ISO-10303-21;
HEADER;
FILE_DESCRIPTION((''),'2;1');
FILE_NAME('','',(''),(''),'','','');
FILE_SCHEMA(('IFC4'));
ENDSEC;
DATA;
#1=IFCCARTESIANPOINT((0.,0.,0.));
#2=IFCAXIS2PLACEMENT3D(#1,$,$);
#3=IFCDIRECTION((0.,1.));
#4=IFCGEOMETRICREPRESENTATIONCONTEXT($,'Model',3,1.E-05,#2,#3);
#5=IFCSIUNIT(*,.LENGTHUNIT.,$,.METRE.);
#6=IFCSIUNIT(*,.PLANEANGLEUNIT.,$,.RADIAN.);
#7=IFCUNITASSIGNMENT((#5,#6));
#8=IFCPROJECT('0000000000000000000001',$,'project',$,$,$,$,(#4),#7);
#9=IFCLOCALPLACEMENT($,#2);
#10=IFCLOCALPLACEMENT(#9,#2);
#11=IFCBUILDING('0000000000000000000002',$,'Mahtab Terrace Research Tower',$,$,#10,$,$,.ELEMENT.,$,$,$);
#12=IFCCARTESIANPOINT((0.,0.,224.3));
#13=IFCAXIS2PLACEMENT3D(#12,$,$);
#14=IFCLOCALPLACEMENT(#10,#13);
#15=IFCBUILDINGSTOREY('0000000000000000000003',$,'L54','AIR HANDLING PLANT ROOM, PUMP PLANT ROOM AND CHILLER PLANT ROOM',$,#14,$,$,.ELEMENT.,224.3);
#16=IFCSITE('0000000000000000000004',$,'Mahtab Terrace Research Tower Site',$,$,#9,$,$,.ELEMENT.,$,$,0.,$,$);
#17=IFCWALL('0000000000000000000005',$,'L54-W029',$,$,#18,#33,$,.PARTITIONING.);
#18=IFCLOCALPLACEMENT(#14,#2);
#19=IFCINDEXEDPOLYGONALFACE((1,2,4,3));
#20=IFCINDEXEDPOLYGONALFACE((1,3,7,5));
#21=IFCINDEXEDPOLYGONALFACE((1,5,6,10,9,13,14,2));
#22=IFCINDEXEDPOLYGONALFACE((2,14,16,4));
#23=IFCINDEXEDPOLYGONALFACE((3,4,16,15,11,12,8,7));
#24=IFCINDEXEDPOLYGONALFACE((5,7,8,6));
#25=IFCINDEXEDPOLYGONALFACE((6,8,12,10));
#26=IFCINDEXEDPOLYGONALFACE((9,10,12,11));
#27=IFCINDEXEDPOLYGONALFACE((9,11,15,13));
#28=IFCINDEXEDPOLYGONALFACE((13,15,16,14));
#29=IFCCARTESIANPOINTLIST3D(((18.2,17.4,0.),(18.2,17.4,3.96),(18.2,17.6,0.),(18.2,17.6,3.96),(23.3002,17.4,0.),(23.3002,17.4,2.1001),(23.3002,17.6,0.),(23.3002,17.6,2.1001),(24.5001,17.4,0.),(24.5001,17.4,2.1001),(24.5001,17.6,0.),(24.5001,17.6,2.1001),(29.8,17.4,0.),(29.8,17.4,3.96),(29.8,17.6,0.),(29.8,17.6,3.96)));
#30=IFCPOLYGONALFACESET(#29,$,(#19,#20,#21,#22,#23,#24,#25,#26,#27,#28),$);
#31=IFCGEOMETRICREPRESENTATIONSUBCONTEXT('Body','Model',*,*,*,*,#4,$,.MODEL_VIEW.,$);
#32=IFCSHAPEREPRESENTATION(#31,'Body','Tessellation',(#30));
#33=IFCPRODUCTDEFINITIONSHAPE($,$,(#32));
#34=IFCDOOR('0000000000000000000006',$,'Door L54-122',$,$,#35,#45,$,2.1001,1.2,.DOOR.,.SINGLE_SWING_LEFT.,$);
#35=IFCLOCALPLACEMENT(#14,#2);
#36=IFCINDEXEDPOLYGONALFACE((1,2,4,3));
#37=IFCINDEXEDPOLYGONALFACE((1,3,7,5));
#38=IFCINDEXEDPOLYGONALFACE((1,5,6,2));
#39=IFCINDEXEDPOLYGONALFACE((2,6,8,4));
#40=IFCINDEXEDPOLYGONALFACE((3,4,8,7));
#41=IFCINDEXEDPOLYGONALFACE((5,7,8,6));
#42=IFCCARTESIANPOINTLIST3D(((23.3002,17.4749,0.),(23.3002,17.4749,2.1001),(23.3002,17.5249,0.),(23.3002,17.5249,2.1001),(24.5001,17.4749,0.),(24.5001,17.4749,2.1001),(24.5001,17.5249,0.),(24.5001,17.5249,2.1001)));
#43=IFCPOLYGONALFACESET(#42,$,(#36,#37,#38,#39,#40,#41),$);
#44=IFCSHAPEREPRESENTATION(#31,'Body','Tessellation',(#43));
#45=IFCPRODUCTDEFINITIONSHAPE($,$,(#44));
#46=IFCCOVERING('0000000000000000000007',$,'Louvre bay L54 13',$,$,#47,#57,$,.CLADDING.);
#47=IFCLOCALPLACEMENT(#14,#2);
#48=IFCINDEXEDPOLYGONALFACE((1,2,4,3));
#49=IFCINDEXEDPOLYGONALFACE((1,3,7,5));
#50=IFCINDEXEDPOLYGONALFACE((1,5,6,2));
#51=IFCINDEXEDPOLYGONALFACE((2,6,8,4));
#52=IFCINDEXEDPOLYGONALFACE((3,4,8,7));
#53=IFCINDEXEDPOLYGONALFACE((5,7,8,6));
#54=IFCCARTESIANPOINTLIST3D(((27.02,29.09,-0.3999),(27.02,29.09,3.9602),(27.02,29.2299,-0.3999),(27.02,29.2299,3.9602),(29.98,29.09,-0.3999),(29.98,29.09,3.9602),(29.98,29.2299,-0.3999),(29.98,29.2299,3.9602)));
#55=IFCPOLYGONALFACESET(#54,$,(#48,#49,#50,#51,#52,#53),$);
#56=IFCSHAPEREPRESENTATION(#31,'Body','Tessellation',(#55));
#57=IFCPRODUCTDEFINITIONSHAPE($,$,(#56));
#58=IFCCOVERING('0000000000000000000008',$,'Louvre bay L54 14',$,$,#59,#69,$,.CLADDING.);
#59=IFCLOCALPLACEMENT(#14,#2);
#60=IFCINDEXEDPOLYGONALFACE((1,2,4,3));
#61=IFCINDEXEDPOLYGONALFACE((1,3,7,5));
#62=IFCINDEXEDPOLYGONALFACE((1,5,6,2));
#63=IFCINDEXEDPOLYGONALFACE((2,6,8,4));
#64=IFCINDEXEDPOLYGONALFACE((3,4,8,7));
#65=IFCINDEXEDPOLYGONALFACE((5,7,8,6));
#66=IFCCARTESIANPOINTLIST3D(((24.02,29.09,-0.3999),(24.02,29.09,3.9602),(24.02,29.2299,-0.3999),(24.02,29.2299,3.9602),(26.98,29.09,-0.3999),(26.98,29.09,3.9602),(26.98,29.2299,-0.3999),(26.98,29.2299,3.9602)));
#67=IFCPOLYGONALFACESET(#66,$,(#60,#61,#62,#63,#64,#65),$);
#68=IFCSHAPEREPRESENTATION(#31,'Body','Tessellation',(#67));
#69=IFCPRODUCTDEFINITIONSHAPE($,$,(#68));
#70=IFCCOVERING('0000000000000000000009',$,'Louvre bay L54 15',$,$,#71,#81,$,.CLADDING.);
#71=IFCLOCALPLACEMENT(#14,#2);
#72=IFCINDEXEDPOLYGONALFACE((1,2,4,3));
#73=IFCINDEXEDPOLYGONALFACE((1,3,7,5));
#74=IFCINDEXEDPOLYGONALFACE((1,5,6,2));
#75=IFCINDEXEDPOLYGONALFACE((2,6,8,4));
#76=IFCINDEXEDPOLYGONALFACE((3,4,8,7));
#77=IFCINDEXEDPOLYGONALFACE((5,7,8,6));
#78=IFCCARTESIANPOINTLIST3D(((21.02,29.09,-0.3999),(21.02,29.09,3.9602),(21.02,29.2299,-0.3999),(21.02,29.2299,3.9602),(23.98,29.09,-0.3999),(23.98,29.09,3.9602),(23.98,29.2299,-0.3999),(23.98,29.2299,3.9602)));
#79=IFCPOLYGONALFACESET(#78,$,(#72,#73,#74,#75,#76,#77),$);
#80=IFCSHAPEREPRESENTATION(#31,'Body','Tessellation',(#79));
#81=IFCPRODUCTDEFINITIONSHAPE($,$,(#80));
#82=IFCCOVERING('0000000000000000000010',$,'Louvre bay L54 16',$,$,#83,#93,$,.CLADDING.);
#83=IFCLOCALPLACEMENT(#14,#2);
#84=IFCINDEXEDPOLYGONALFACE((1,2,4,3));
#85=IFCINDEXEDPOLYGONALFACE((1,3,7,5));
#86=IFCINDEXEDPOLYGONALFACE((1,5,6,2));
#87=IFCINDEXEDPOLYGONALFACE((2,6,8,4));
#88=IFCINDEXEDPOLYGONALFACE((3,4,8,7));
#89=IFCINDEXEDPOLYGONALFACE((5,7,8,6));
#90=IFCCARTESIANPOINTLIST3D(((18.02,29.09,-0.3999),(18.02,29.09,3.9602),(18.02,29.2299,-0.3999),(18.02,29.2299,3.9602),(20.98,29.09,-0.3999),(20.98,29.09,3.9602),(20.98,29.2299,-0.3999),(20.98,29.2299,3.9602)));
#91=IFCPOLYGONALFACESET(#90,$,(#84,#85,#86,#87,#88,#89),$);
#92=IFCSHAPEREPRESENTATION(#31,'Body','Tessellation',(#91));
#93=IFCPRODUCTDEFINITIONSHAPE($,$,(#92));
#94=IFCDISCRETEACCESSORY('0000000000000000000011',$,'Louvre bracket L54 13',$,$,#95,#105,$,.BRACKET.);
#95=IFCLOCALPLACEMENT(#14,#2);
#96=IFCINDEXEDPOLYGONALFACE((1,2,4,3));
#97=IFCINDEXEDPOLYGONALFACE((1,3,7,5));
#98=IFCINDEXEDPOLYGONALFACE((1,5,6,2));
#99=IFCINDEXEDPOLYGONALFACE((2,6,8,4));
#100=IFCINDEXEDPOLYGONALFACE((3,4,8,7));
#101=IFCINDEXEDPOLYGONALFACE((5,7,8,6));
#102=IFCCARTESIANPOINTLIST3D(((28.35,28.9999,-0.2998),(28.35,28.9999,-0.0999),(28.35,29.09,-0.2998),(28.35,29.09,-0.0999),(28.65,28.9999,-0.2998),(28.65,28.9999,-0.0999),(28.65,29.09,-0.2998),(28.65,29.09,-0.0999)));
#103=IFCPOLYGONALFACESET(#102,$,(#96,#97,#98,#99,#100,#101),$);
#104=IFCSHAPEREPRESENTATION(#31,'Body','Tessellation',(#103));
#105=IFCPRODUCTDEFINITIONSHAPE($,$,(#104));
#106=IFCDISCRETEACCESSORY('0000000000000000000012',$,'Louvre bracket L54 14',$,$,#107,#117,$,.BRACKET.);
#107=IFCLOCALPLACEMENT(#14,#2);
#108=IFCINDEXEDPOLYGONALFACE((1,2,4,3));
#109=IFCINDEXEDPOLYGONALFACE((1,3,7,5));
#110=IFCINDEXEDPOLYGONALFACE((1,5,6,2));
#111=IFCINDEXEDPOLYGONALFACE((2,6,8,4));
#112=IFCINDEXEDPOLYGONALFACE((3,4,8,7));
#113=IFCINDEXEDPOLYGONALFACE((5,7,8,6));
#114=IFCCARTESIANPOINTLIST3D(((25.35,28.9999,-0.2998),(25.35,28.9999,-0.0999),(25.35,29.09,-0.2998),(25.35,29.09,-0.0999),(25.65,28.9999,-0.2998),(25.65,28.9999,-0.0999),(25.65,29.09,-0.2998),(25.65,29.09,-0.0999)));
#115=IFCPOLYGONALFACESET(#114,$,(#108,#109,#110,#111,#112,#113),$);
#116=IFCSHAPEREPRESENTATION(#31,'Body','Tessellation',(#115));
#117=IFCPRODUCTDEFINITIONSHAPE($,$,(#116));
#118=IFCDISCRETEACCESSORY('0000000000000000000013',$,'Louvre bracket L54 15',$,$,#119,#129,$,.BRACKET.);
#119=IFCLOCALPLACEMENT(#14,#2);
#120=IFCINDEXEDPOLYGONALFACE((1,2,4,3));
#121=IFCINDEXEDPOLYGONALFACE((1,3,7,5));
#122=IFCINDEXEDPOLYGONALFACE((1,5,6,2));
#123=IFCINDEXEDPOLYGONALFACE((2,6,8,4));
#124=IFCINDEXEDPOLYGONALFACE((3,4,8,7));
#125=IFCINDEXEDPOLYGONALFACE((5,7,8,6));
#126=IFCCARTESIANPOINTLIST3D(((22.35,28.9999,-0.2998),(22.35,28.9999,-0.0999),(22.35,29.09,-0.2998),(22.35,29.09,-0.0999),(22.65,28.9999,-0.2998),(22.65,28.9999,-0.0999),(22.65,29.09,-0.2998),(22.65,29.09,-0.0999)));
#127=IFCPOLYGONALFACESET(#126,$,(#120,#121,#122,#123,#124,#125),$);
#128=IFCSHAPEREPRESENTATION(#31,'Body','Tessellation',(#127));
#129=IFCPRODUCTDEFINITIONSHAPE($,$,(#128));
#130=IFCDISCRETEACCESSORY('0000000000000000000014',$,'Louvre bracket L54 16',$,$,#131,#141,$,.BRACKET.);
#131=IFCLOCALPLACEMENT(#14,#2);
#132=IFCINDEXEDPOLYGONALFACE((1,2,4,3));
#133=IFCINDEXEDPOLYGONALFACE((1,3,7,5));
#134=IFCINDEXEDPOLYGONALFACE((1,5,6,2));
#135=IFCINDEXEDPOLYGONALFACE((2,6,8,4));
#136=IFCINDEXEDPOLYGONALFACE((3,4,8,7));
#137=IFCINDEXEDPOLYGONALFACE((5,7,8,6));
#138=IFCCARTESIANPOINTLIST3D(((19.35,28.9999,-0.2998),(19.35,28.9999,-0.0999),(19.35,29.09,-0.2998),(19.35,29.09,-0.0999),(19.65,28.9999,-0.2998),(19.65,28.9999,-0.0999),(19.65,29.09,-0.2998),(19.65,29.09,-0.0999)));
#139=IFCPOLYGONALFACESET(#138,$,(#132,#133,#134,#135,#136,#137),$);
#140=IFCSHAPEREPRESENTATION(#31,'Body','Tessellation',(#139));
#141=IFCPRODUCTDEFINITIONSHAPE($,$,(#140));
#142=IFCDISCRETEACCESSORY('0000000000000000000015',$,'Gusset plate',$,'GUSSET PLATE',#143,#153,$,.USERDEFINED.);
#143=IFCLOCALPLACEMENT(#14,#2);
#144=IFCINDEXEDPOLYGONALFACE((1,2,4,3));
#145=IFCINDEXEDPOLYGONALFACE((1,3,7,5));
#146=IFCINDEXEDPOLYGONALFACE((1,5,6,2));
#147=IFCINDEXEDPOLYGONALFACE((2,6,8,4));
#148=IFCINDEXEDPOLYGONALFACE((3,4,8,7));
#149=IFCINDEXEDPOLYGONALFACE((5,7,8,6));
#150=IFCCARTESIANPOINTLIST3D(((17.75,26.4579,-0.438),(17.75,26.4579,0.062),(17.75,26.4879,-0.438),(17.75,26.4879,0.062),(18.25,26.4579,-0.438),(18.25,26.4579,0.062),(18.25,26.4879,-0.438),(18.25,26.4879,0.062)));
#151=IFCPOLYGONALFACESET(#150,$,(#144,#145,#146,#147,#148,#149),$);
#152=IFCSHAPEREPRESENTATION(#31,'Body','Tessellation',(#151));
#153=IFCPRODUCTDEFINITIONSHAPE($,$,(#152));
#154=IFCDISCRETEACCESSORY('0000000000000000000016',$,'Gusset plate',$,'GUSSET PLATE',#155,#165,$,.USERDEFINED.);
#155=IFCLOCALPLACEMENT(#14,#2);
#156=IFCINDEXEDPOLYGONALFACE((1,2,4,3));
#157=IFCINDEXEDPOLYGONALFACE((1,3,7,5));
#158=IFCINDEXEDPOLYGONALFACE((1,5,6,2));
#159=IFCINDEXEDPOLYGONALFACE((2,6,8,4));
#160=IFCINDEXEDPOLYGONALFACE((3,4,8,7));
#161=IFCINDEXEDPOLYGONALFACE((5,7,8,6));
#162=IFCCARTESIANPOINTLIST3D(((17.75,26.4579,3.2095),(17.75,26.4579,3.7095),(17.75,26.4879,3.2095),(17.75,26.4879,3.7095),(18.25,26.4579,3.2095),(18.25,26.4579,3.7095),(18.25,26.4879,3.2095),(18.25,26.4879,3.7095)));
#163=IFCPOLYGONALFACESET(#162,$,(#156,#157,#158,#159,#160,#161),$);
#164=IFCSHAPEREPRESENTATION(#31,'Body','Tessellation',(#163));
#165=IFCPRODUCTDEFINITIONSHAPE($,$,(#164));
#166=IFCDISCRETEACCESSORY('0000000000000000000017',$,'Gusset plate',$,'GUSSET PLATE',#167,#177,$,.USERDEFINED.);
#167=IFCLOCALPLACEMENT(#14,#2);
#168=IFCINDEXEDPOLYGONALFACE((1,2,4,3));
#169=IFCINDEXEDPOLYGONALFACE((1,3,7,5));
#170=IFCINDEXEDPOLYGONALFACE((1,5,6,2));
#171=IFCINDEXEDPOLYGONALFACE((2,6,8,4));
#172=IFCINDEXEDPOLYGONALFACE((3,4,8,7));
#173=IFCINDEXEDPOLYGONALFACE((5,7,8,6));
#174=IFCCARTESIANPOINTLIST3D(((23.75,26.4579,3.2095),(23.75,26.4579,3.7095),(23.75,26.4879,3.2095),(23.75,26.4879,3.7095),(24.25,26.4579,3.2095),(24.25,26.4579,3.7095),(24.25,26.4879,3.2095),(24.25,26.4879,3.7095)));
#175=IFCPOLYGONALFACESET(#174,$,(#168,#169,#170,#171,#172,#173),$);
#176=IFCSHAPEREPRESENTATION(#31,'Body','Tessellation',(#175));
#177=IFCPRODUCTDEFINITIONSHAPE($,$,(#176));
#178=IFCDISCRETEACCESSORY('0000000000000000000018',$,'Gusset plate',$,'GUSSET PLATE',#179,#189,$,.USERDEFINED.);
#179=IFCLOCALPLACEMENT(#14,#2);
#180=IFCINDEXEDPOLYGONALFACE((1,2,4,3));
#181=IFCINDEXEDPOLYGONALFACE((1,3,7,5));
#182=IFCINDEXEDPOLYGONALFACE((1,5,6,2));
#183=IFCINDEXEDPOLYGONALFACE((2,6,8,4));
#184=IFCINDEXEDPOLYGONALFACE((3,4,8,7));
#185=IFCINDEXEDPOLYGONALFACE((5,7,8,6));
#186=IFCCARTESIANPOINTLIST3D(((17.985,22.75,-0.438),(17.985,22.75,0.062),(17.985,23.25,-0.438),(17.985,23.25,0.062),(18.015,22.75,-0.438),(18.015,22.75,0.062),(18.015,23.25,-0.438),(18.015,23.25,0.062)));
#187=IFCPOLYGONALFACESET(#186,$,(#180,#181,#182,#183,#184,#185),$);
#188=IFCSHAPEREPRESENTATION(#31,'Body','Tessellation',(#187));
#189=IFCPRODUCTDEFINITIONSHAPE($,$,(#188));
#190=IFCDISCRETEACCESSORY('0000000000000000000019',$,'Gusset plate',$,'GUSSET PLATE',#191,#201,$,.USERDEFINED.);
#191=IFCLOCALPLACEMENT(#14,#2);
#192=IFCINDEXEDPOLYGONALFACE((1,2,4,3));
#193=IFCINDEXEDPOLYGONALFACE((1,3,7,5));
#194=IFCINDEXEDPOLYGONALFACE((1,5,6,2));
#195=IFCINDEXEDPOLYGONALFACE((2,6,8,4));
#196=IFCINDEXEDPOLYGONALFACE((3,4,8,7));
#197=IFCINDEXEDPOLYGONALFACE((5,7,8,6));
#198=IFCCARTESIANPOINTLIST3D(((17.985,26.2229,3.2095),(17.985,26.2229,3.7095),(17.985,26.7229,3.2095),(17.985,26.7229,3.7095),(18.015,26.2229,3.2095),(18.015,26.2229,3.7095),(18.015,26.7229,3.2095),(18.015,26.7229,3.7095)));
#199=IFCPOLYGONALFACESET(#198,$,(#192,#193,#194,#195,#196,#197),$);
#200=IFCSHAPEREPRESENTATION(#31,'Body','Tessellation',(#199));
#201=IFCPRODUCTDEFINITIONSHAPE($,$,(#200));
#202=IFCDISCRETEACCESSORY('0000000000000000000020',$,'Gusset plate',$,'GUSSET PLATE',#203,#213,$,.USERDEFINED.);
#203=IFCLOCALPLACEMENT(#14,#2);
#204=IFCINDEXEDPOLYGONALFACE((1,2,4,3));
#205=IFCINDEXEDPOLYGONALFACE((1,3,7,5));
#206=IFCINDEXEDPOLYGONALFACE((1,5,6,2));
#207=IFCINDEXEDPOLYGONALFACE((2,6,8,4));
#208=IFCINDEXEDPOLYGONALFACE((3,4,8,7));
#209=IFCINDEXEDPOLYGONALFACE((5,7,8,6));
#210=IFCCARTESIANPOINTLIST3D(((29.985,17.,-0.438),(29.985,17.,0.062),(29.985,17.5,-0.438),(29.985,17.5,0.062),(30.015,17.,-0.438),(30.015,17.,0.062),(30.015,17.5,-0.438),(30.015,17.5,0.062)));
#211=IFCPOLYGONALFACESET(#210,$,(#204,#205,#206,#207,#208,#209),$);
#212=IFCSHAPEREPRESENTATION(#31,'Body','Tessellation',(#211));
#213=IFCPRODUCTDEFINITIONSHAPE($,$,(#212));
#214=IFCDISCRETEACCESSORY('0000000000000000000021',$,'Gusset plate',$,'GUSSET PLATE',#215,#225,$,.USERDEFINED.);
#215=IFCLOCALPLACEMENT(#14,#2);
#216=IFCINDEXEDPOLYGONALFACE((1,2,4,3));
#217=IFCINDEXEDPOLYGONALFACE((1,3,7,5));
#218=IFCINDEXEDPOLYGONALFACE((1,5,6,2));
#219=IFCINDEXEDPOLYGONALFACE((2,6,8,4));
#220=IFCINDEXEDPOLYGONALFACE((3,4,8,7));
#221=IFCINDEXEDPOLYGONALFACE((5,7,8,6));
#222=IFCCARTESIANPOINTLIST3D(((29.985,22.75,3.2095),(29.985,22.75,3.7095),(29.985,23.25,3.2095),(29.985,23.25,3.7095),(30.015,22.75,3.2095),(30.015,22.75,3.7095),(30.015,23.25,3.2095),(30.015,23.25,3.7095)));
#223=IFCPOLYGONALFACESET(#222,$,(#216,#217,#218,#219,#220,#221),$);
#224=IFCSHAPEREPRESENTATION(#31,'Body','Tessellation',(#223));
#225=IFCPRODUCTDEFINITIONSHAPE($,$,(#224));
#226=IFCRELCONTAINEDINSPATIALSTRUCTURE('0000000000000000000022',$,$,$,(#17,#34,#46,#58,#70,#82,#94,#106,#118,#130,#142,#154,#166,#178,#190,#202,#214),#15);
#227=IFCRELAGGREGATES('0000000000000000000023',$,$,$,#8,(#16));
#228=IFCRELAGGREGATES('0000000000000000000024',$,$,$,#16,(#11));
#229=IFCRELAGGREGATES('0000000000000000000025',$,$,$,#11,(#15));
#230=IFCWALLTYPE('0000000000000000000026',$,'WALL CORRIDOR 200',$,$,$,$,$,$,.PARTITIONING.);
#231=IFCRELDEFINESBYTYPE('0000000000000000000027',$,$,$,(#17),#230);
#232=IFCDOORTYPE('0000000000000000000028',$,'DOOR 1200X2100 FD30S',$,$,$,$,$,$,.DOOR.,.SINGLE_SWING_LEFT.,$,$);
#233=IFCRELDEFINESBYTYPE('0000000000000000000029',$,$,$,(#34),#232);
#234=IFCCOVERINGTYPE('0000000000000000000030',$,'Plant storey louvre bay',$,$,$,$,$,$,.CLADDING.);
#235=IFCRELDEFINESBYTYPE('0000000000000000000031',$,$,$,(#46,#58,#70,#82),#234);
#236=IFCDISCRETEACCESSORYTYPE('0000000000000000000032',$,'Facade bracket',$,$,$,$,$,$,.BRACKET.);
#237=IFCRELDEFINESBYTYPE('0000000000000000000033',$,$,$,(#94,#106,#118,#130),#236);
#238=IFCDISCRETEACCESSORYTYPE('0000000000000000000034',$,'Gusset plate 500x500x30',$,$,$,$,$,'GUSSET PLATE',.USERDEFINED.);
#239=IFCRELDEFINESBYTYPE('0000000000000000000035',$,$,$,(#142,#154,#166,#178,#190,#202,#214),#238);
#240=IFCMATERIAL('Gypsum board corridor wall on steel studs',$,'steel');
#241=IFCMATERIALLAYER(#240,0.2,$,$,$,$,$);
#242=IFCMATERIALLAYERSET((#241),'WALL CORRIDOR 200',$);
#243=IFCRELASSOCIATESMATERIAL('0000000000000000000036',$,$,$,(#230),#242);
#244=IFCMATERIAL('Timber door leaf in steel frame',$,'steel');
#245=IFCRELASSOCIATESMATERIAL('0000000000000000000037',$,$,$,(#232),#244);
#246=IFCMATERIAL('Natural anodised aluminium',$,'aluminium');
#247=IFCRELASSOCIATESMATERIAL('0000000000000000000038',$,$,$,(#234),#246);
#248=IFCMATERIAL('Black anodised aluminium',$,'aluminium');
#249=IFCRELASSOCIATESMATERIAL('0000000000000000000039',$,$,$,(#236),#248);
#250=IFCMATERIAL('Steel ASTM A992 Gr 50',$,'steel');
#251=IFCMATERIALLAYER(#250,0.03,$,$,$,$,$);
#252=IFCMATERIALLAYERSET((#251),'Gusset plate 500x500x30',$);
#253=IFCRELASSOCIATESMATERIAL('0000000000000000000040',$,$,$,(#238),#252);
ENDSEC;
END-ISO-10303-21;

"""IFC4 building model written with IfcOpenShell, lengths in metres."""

from ifc_helpers import new_model, si_unit, direction, frame, frame_2d, origin, origin_2d, place, context, subcontext, project, spatial, rectangle, extrude, material, layer, layer_set, type_object, element, fill, save


model = new_model("IFC4")

# Units and contexts
model_context = context("Model", 3, precision=1e-05, world=origin(), true_north=direction((0.0, 1.0)))
body_context = subcontext(model_context, "Body", "Model", "MODEL_VIEW")
ifc_project = project(units=[si_unit("LENGTHUNIT", "METRE"), si_unit("PLANEANGLEUNIT", "RADIAN")], contexts=[model_context])

# Site, building, storey
site_placement = place(None, origin())
site = spatial("IfcSite", under=ifc_project, at=site_placement, Name="Mahtab Terrace Research Tower Site", CompositionType="ELEMENT", RefElevation=0.0)
building_placement = place(site_placement, origin())
building = spatial("IfcBuilding", under=site, at=building_placement, Name="Mahtab Terrace Research Tower", CompositionType="ELEMENT")
storey_placement = place(building_placement, frame((0.0, 0.0, 224.3)))
storey = spatial("IfcBuildingStorey", under=building, at=storey_placement, Name="L54", Description="AIR HANDLING PLANT ROOM, PUMP PLANT ROOM AND CHILLER PLANT ROOM", CompositionType="ELEMENT", Elevation=224.3)

# Shared definitions
ifc_material_1 = material(Name="Steel ASTM A992 Gr 50", Category="steel")

# Wall, opening, door
ifc_material_2 = material(Name="Gypsum board corridor wall on steel studs", Category="steel")
ifc_layer_1 = layer(ifc_material_2, 0.2)
ifc_layer_set_1 = layer_set([ifc_layer_1], Name="WALL CORRIDOR 200")
wall_type_1 = type_object("IfcWallType", Name="WALL CORRIDOR 200", PredefinedType="PARTITIONING", material=ifc_layer_set_1)
wall_1_placement = place(storey_placement, frame((18.2, 17.5, 0.0), z_axis=(0.0, 0.0, 1.0), x_axis=(1.0, 0.0, 0.0)))
wall_1 = element("IfcWall", 1, at=wall_1_placement, inside=storey, type_object=wall_type_1, Name="L54-W029", PredefinedType="PARTITIONING", context=body_context, shape_type="SweptSolid", body=[
    extrude(rectangle(XDim=11.6001, YDim=0.2, at=frame_2d((5.8, 0.0))), origin(), (0.0, 0.0, 1.0), 3.96),
])
opening_placement = place(wall_1_placement, frame((5.1001, 0.0, 0.0)))
opening = element("IfcOpeningElement", 2, at=opening_placement, cuts=wall_1, PredefinedType="OPENING", context=body_context, shape_type="SweptSolid", body=[
    extrude(rectangle(XDim=1.2, YDim=2.1001, at=frame_2d((0.6001, 1.05))), frame((0.0, 0.1099, 0.0), z_axis=(0.0, -1.0, 0.0), x_axis=(1.0, 0.0, 0.0)), (0.0, 0.0, 1.0), 0.22),
])
ifc_material_3 = material(Name="Timber door leaf in steel frame", Category="steel")
door_type = type_object("IfcDoorType", Name="DOOR 1200X2100 FD30S", OperationType="SINGLE_SWING_LEFT", PredefinedType="DOOR", material=ifc_material_3)
door_placement = place(opening_placement, origin())
door = element("IfcDoor", 3, at=door_placement, inside=storey, type_object=door_type, Name="Door L54-122", OperationType="SINGLE_SWING_LEFT", OverallHeight=2.1001, OverallWidth=1.2, PredefinedType="DOOR", context=body_context, shape_type="SweptSolid", body=[
    extrude(rectangle(XDim=1.2, YDim=2.1001, at=frame_2d((0.6001, 1.05))), frame((0.0, 0.0249, 0.0), z_axis=(0.0, -1.0, 0.0), x_axis=(1.0, 0.0, 0.0)), (0.0, 0.0, 1.0), 0.05),
])
fill(opening, door)

# Coverings
ifc_material_4 = material(Name="Natural anodised aluminium", Category="aluminium")
covering_type = type_object("IfcCoveringType", Name="Plant storey louvre bay", PredefinedType="CLADDING", material=ifc_material_4)
for number, where, z_axis, x_axis, name in (
    (4, (28.5, 29.1599, -0.3999), (0.0, 0.0, 1.0), (-1.0, 0.0, 0.0), "Louvre bay L54 13"),
    (5, (25.5, 29.1599, -0.3999), (0.0, 0.0, 1.0), (-1.0, 0.0, 0.0), "Louvre bay L54 14"),
    (6, (22.5, 29.1599, -0.3999), (0.0, 0.0, 1.0), (-1.0, 0.0, 0.0), "Louvre bay L54 15"),
    (7, (19.5, 29.1599, -0.3999), (0.0, 0.0, 1.0), (-1.0, 0.0, 0.0), "Louvre bay L54 16"),
):
    element("IfcCovering", number, at=place(storey_placement, frame(where, z_axis=z_axis, x_axis=x_axis)), inside=storey, type_object=covering_type, Name=name, PredefinedType="CLADDING", context=body_context, shape_type="SweptSolid", body=[
        extrude(rectangle(XDim=2.96, YDim=0.1399, at=origin_2d()), origin(), (0.0, 0.0, 1.0), 4.3601),
    ])

# Discrete accessories
ifc_material_5 = material(Name="Black anodised aluminium", Category="aluminium")
discrete_accessory_type_1 = type_object("IfcDiscreteAccessoryType", Name="Facade bracket", PredefinedType="BRACKET", material=ifc_material_5)
for number, where, z_axis, x_axis, name in (
    (8, (28.5, 29.0449, -0.2998), (0.0, 0.0, 1.0), (-1.0, 0.0, 0.0), "Louvre bracket L54 13"),
    (9, (25.5, 29.0449, -0.2998), (0.0, 0.0, 1.0), (-1.0, 0.0, 0.0), "Louvre bracket L54 14"),
    (10, (22.5, 29.0449, -0.2998), (0.0, 0.0, 1.0), (-1.0, 0.0, 0.0), "Louvre bracket L54 15"),
    (11, (19.5, 29.0449, -0.2998), (0.0, 0.0, 1.0), (-1.0, 0.0, 0.0), "Louvre bracket L54 16"),
):
    element("IfcDiscreteAccessory", number, at=place(storey_placement, frame(where, z_axis=z_axis, x_axis=x_axis)), inside=storey, type_object=discrete_accessory_type_1, Name=name, PredefinedType="BRACKET", context=body_context, shape_type="SweptSolid", body=[
        extrude(rectangle(XDim=0.3, YDim=0.0901, at=origin_2d()), origin(), (0.0, 0.0, 1.0), 0.2),
    ])
ifc_layer_2 = layer(ifc_material_1, 0.03)
ifc_layer_set_2 = layer_set([ifc_layer_2], Name="Gusset plate 500x500x30")
discrete_accessory_type_2 = type_object("IfcDiscreteAccessoryType", Name="Gusset plate 500x500x30", ElementType="GUSSET PLATE", PredefinedType="USERDEFINED", material=ifc_layer_set_2)
for number, where, z_axis, x_axis, name in (
    (12, (18.0, 26.4729, -0.438), (0.0, 0.0, 1.0), (1.0, 0.0, 0.0), "Gusset plate"),
    (13, (18.0, 26.4729, 3.2095), (0.0, 0.0, 1.0), (1.0, 0.0, 0.0), "Gusset plate"),
    (14, (24.0, 26.4729, 3.2095), (0.0, 0.0, 1.0), (1.0, 0.0, 0.0), "Gusset plate"),
    (15, (18.0, 23.0, -0.438), (0.0, 0.0, 1.0), (0.0, 1.0, 0.0), "Gusset plate"),
    (16, (18.0, 26.4729, 3.2095), (0.0, 0.0, 1.0), (0.0, 1.0, 0.0), "Gusset plate"),
    (17, (30.0, 17.25, -0.438), (0.0, 0.0, 1.0), (0.0, 1.0, 0.0), "Gusset plate"),
    (18, (30.0, 23.0, 3.2095), (0.0, 0.0, 1.0), (0.0, 1.0, 0.0), "Gusset plate"),
):
    element("IfcDiscreteAccessory", number, at=place(storey_placement, frame(where, z_axis=z_axis, x_axis=x_axis)), inside=storey, type_object=discrete_accessory_type_2, Name=name, ObjectType="GUSSET PLATE", PredefinedType="USERDEFINED", context=body_context, shape_type="SweptSolid", body=[
        extrude(rectangle(XDim=0.5, YDim=0.03, at=origin_2d()), origin(), (0.0, 0.0, 1.0), 0.5),
    ])

save(model, "model.ifc")
